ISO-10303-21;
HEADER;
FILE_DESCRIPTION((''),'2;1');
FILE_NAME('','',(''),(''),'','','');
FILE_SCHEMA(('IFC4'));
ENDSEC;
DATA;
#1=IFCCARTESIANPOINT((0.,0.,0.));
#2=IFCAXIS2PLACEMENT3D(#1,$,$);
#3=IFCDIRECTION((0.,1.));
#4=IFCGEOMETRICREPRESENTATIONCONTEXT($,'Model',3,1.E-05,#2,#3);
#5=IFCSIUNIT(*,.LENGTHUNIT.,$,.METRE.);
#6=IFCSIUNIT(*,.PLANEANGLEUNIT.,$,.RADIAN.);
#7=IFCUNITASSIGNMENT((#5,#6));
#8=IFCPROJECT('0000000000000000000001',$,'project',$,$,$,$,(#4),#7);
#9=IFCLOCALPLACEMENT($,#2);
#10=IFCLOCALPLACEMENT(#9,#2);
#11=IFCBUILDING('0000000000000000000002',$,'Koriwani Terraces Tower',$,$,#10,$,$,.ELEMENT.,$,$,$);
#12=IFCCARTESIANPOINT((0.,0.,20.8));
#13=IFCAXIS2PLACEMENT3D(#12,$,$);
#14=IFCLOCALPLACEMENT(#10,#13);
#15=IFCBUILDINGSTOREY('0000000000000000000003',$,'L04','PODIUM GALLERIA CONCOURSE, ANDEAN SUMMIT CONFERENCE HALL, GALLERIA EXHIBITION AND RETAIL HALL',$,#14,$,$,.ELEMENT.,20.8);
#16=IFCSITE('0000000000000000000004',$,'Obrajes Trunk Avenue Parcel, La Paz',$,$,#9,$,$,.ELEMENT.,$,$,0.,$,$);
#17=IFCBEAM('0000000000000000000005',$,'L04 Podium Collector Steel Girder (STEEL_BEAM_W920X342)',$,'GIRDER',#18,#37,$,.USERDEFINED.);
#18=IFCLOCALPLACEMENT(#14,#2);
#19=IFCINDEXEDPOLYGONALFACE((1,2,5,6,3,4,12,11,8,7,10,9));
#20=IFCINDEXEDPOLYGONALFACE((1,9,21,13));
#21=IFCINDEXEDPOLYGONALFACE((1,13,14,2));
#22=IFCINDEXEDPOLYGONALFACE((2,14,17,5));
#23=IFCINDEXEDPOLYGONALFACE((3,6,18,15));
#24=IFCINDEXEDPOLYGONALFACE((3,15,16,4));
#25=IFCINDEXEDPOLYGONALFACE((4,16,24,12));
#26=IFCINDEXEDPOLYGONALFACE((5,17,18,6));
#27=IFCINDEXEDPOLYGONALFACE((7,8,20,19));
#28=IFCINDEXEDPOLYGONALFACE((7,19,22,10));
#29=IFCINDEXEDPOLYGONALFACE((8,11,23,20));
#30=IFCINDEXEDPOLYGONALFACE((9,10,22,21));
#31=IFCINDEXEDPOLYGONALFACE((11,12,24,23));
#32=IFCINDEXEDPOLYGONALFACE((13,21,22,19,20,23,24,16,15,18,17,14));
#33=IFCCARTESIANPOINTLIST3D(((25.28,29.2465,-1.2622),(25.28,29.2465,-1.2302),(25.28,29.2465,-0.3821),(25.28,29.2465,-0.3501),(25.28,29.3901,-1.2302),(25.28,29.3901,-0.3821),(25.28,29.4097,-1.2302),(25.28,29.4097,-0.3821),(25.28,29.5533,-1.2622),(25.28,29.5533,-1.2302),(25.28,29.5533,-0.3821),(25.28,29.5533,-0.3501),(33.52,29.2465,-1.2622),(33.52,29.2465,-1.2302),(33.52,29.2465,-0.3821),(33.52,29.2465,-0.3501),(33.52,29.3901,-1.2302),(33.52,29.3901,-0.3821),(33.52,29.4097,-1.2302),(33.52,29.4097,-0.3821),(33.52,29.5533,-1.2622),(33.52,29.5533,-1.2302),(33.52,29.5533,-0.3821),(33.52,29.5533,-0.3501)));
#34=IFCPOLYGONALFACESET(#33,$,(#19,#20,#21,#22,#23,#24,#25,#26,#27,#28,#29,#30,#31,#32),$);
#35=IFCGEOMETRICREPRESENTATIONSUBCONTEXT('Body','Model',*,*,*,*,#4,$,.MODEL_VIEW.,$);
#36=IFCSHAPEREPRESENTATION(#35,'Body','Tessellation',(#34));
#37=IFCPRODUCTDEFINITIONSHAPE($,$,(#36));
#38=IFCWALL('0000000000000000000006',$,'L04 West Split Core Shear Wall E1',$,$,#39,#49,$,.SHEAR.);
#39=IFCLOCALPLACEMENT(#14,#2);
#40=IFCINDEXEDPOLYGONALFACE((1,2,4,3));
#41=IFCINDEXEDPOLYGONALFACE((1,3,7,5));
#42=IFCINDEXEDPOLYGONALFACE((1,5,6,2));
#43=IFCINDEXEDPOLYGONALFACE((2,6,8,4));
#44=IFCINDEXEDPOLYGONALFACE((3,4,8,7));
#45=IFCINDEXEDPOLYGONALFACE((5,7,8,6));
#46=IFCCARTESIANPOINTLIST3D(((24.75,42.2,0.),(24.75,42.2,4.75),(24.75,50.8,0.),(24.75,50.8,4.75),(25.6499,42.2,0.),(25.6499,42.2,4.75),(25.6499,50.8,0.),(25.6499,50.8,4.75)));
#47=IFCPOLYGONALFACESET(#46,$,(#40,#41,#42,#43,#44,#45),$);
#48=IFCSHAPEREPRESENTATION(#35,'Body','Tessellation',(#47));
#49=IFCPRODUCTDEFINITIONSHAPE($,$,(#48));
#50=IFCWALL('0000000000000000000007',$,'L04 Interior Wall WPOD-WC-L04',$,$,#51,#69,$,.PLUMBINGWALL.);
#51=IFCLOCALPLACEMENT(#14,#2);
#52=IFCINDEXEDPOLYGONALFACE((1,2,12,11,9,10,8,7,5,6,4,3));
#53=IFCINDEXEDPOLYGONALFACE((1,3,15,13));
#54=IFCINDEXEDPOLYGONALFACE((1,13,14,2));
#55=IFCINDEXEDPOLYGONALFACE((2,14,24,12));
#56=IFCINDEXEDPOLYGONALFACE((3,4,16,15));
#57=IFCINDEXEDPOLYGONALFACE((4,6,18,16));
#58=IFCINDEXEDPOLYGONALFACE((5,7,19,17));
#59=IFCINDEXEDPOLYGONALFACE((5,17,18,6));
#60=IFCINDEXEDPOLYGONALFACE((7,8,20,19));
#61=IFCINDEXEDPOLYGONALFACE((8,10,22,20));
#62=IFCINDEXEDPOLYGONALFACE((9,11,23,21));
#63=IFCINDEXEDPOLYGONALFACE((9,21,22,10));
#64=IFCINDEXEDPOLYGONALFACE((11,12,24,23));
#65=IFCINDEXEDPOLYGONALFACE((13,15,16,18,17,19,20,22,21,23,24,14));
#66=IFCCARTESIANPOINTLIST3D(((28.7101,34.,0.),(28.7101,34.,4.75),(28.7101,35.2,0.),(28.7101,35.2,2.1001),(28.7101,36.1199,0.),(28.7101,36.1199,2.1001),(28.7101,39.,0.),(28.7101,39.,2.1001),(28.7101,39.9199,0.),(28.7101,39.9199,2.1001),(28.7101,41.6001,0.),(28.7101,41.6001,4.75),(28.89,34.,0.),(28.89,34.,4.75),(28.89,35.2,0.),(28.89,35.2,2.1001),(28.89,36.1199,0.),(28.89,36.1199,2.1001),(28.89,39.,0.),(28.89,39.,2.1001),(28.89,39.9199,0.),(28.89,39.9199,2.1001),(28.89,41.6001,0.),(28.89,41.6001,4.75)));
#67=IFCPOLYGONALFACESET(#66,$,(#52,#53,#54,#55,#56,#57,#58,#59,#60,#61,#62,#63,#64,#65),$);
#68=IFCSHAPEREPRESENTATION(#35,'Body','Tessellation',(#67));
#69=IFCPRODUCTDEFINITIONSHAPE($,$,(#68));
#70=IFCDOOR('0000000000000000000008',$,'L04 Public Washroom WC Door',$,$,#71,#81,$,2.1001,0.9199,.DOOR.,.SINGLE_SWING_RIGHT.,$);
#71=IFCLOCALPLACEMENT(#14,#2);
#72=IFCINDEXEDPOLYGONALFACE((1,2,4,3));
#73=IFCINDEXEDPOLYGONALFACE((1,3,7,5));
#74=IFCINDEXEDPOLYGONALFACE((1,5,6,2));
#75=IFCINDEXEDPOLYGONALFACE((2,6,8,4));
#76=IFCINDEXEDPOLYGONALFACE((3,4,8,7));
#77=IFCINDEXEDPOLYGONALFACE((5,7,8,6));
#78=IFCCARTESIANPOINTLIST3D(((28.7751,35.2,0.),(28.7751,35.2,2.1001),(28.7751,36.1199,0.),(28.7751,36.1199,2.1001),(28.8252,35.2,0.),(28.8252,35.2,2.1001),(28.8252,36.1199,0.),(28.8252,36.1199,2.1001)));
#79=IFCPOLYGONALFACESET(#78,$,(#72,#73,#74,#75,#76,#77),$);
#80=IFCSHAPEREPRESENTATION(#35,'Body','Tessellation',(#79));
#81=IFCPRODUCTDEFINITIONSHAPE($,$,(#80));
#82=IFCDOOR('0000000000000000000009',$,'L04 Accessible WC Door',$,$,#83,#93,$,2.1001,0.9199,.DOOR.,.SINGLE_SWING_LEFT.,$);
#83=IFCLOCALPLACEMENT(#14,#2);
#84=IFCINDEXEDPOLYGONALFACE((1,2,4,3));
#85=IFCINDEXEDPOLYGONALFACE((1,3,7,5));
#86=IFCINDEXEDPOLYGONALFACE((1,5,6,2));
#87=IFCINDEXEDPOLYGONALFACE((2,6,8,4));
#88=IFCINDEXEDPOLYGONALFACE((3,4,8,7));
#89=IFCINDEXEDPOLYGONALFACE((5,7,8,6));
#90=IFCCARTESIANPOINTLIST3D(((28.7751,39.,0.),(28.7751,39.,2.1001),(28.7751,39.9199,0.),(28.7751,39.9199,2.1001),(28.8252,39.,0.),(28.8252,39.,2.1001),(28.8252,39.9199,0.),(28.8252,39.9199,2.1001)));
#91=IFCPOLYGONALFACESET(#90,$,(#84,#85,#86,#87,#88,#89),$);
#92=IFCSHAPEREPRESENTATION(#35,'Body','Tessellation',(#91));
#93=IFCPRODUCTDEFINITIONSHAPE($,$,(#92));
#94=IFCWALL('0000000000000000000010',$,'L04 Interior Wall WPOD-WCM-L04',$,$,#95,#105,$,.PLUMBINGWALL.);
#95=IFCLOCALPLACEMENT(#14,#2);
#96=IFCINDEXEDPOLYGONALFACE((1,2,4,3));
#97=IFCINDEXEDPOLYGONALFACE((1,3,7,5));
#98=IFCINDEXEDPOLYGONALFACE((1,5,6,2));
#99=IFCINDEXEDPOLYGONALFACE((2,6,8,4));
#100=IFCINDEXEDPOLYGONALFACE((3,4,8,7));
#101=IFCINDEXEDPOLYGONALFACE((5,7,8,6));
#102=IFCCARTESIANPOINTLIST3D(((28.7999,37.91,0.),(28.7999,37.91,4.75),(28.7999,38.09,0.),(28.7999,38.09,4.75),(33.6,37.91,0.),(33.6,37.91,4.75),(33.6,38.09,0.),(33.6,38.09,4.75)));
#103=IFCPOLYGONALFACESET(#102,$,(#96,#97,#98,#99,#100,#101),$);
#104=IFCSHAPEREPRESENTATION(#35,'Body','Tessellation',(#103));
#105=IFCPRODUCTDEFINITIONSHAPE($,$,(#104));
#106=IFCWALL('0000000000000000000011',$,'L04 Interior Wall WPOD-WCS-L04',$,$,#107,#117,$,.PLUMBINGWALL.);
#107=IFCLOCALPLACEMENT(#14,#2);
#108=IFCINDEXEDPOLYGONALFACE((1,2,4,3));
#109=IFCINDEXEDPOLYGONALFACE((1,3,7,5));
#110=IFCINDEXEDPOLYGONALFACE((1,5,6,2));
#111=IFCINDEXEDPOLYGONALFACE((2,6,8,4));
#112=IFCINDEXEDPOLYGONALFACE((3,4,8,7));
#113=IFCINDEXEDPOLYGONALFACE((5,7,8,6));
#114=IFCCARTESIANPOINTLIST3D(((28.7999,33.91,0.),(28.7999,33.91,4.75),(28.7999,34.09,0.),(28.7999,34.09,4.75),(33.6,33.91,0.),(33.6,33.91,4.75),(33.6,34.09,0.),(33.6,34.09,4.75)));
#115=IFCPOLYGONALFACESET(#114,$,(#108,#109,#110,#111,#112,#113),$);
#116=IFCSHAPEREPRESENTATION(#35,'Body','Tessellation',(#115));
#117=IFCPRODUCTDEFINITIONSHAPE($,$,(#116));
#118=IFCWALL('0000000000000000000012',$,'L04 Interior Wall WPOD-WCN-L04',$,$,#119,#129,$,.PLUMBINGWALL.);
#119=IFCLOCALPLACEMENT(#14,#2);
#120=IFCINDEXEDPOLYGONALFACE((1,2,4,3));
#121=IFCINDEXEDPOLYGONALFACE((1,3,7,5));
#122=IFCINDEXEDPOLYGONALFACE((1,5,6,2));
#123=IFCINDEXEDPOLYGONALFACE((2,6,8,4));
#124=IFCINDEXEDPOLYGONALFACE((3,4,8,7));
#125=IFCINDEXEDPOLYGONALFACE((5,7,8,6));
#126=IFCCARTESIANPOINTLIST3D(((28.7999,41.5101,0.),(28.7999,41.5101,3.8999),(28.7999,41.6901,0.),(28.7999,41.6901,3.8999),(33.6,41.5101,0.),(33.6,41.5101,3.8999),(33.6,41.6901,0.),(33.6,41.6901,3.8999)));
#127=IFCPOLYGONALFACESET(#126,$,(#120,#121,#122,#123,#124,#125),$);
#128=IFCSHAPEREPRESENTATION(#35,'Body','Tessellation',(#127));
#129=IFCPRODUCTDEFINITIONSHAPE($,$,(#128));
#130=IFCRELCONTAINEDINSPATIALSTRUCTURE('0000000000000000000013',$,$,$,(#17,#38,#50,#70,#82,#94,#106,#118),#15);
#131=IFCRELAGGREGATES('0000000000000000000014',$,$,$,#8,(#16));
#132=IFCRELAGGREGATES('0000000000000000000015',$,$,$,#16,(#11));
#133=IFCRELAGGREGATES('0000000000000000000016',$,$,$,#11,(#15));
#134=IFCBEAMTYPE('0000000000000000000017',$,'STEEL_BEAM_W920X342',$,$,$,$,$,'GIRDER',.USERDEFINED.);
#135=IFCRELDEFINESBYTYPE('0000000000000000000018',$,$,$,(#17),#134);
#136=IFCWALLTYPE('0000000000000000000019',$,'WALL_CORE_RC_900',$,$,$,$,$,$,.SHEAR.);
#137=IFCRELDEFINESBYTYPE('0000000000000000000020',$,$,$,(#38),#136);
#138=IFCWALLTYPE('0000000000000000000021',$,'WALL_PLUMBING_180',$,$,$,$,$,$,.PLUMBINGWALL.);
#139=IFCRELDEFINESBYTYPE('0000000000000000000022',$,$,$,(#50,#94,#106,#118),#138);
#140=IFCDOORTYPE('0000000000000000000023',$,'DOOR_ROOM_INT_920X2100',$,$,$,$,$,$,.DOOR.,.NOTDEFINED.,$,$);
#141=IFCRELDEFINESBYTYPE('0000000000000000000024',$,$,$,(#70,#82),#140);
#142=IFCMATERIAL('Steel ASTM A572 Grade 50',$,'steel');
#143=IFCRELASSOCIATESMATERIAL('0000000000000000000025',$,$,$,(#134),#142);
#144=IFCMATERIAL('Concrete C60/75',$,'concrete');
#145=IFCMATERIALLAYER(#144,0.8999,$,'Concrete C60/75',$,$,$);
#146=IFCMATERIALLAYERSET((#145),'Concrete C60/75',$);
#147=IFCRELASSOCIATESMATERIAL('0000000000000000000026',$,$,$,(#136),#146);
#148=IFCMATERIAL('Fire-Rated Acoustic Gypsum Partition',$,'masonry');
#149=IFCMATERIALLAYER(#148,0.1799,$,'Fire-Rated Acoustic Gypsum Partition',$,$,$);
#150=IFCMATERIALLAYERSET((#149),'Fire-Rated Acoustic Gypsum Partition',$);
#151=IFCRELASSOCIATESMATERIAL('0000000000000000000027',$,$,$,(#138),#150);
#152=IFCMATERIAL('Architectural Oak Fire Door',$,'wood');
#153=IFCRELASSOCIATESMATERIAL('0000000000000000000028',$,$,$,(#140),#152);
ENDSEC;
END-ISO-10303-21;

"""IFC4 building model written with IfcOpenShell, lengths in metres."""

from ifc_helpers import new_model, si_unit, direction, frame, frame_2d, origin, origin_2d, place, context, subcontext, project, spatial, rectangle, i_section, extrude, material, layer, layer_set, material_profile, profile_set, type_object, element, fill, save


model = new_model("IFC4")

# Units and contexts
model_context = context("Model", 3, precision=1e-05, world=origin(), true_north=direction((0.0, 1.0)))
body_context = subcontext(model_context, "Body", "Model", "MODEL_VIEW")
ifc_project = project(units=[si_unit("LENGTHUNIT", "METRE"), si_unit("PLANEANGLEUNIT", "RADIAN")], contexts=[model_context])

# Site, building, storey
site_placement = place(None, origin())
site = spatial("IfcSite", under=ifc_project, at=site_placement, Name="Obrajes Trunk Avenue Parcel, La Paz", CompositionType="ELEMENT", RefElevation=0.0)
building_placement = place(site_placement, origin())
building = spatial("IfcBuilding", under=site, at=building_placement, Name="Koriwani Terraces Tower", CompositionType="ELEMENT")
storey_placement = place(building_placement, frame((0.0, 0.0, 20.8)))
storey = spatial("IfcBuildingStorey", under=building, at=storey_placement, Name="L04", Description="PODIUM GALLERIA CONCOURSE, ANDEAN SUMMIT CONFERENCE HALL, GALLERIA EXHIBITION AND RETAIL HALL", CompositionType="ELEMENT", Elevation=20.8)

# Shared definitions
ifc_material_1 = material(Name="Concrete C60/75", Category="concrete")

# Beam
ifc_material_2 = material(Name="Steel ASTM A572 Grade 50", Category="steel")
ifc_material_profile_1 = material_profile(ifc_material_2, i_section(OverallWidth=0.3069, OverallDepth=0.9121, WebThickness=0.0195, FlangeThickness=0.032, at=origin_2d()), Name="Steel ASTM A572 Grade 50", Category="LoadBearing")
ifc_profile_set_1 = profile_set([ifc_material_profile_1], Name="Steel ASTM A572 Grade 50")
beam_type_1 = type_object("IfcBeamType", Name="STEEL_BEAM_W920X342", ElementType="GIRDER", PredefinedType="USERDEFINED", material=ifc_profile_set_1)
beam_1_placement = place(storey_placement, frame((25.28, 29.3999, -0.8062), z_axis=(1.0, 0.0, 0.0), x_axis=(0.0, 1.0, 0.0)))
element("IfcBeam", 1, at=beam_1_placement, inside=storey, type_object=beam_type_1, Name="L04 Podium Collector Steel Girder (STEEL_BEAM_W920X342)", ObjectType="GIRDER", PredefinedType="USERDEFINED", context=body_context, shape_type="SweptSolid", body=[
    extrude(i_section(OverallWidth=0.3069, OverallDepth=0.9121, WebThickness=0.0195, FlangeThickness=0.032, at=origin_2d()), origin(), (0.0, 0.0, 1.0), 8.24),
])

# Wall
ifc_layer_1 = layer(ifc_material_1, 0.8999, Name="Concrete C60/75")
ifc_layer_set_1 = layer_set([ifc_layer_1], Name="Concrete C60/75")
wall_type_1 = type_object("IfcWallType", Name="WALL_CORE_RC_900", PredefinedType="SHEAR", material=ifc_layer_set_1)
wall_1_placement = place(storey_placement, frame((25.2, 42.2, 0.0), z_axis=(0.0, 0.0, 1.0), x_axis=(0.0, 1.0, 0.0)))
element("IfcWall", 2, at=wall_1_placement, inside=storey, type_object=wall_type_1, Name="L04 West Split Core Shear Wall E1", PredefinedType="SHEAR", context=body_context, shape_type="SweptSolid", body=[
    extrude(rectangle(XDim=8.6001, YDim=0.8999, at=frame_2d((4.3, 0.0))), origin(), (0.0, 0.0, 1.0), 4.75),
])

# Wall, openings, doors
ifc_material_3 = material(Name="Fire-Rated Acoustic Gypsum Partition", Category="masonry")
ifc_layer_2 = layer(ifc_material_3, 0.1799, Name="Fire-Rated Acoustic Gypsum Partition")
ifc_layer_set_2 = layer_set([ifc_layer_2], Name="Fire-Rated Acoustic Gypsum Partition")
wall_type_2 = type_object("IfcWallType", Name="WALL_PLUMBING_180", PredefinedType="PLUMBINGWALL", material=ifc_layer_set_2)
wall_2_placement = place(storey_placement, frame((28.8, 34.0, 0.0), z_axis=(0.0, 0.0, 1.0), x_axis=(0.0, 1.0, 0.0)))
wall_2 = element("IfcWall", 3, at=wall_2_placement, inside=storey, type_object=wall_type_2, Name="L04 Interior Wall WPOD-WC-L04", PredefinedType="PLUMBINGWALL", context=body_context, shape_type="SweptSolid", body=[
    extrude(rectangle(XDim=7.6001, YDim=0.1799, at=frame_2d((3.8, 0.0))), origin(), (0.0, 0.0, 1.0), 4.75),
])
opening_1_placement = place(wall_2_placement, frame((1.2, 0.0, 0.0)))
opening_1 = element("IfcOpeningElement", 4, at=opening_1_placement, cuts=wall_2, PredefinedType="OPENING", context=body_context, shape_type="SweptSolid", body=[
    extrude(rectangle(XDim=0.9199, YDim=2.1001, at=frame_2d((0.46, 1.05))), frame((0.0, 0.1001, 0.0), z_axis=(0.0, -1.0, 0.0), x_axis=(1.0, 0.0, 0.0)), (0.0, 0.0, 1.0), 0.2),
])
opening_2_placement = place(wall_2_placement, frame((5.0, 0.0, 0.0)))
opening_2 = element("IfcOpeningElement", 5, at=opening_2_placement, cuts=wall_2, PredefinedType="OPENING", context=body_context, shape_type="SweptSolid", body=[
    extrude(rectangle(XDim=0.9199, YDim=2.1001, at=frame_2d((0.46, 1.05))), frame((0.0, 0.1001, 0.0), z_axis=(0.0, -1.0, 0.0), x_axis=(1.0, 0.0, 0.0)), (0.0, 0.0, 1.0), 0.2),
])
ifc_material_4 = material(Name="Architectural Oak Fire Door", Category="wood")
door_type = type_object("IfcDoorType", Name="DOOR_ROOM_INT_920X2100", OperationType="NOTDEFINED", PredefinedType="DOOR", material=ifc_material_4)
door_1_placement = place(opening_1_placement, origin())
door_1 = element("IfcDoor", 6, at=door_1_placement, inside=storey, type_object=door_type, Name="L04 Public Washroom WC Door", OperationType="SINGLE_SWING_RIGHT", OverallHeight=2.1001, OverallWidth=0.9199, PredefinedType="DOOR", context=body_context, shape_type="SweptSolid", body=[
    extrude(rectangle(XDim=0.9199, YDim=2.1001, at=frame_2d((0.46, 1.05))), frame((0.0, 0.0249, 0.0), z_axis=(0.0, -1.0, 0.0), x_axis=(1.0, 0.0, 0.0)), (0.0, 0.0, 1.0), 0.05),
])
fill(opening_1, door_1)
door_2_placement = place(opening_2_placement, origin())
door_2 = element("IfcDoor", 7, at=door_2_placement, inside=storey, type_object=door_type, Name="L04 Accessible WC Door", OperationType="SINGLE_SWING_LEFT", OverallHeight=2.1001, OverallWidth=0.9199, PredefinedType="DOOR", context=body_context, shape_type="SweptSolid", body=[
    extrude(rectangle(XDim=0.9199, YDim=2.1001, at=frame_2d((0.46, 1.05))), frame((0.0, 0.0249, 0.0), z_axis=(0.0, -1.0, 0.0), x_axis=(1.0, 0.0, 0.0)), (0.0, 0.0, 1.0), 0.05),
])
fill(opening_2, door_2)

# Walls
for number, where, z_axis, x_axis, name in (
    (8, (28.8, 38.0, 0.0), (0.0, 0.0, 1.0), (1.0, 0.0, 0.0), "L04 Interior Wall WPOD-WCM-L04"),
    (9, (28.8, 34.0, 0.0), (0.0, 0.0, 1.0), (1.0, 0.0, 0.0), "L04 Interior Wall WPOD-WCS-L04"),
):
    element("IfcWall", number, at=place(storey_placement, frame(where, z_axis=z_axis, x_axis=x_axis)), inside=storey, type_object=wall_type_2, Name=name, PredefinedType="PLUMBINGWALL", context=body_context, shape_type="SweptSolid", body=[
        extrude(rectangle(XDim=4.8, YDim=0.1799, at=frame_2d((2.3999, 0.0))), origin(), (0.0, 0.0, 1.0), 4.75),
    ])
wall_3_placement = place(storey_placement, frame((28.8, 41.6001, 0.0), z_axis=(0.0, 0.0, 1.0), x_axis=(1.0, 0.0, 0.0)))
element("IfcWall", 10, at=wall_3_placement, inside=storey, type_object=wall_type_2, Name="L04 Interior Wall WPOD-WCN-L04", PredefinedType="PLUMBINGWALL", context=body_context, shape_type="SweptSolid", body=[
    extrude(rectangle(XDim=4.8, YDim=0.1799, at=frame_2d((2.3999, 0.0))), origin(), (0.0, 0.0, 1.0), 3.8999),
])

save(model, "model.ifc")
